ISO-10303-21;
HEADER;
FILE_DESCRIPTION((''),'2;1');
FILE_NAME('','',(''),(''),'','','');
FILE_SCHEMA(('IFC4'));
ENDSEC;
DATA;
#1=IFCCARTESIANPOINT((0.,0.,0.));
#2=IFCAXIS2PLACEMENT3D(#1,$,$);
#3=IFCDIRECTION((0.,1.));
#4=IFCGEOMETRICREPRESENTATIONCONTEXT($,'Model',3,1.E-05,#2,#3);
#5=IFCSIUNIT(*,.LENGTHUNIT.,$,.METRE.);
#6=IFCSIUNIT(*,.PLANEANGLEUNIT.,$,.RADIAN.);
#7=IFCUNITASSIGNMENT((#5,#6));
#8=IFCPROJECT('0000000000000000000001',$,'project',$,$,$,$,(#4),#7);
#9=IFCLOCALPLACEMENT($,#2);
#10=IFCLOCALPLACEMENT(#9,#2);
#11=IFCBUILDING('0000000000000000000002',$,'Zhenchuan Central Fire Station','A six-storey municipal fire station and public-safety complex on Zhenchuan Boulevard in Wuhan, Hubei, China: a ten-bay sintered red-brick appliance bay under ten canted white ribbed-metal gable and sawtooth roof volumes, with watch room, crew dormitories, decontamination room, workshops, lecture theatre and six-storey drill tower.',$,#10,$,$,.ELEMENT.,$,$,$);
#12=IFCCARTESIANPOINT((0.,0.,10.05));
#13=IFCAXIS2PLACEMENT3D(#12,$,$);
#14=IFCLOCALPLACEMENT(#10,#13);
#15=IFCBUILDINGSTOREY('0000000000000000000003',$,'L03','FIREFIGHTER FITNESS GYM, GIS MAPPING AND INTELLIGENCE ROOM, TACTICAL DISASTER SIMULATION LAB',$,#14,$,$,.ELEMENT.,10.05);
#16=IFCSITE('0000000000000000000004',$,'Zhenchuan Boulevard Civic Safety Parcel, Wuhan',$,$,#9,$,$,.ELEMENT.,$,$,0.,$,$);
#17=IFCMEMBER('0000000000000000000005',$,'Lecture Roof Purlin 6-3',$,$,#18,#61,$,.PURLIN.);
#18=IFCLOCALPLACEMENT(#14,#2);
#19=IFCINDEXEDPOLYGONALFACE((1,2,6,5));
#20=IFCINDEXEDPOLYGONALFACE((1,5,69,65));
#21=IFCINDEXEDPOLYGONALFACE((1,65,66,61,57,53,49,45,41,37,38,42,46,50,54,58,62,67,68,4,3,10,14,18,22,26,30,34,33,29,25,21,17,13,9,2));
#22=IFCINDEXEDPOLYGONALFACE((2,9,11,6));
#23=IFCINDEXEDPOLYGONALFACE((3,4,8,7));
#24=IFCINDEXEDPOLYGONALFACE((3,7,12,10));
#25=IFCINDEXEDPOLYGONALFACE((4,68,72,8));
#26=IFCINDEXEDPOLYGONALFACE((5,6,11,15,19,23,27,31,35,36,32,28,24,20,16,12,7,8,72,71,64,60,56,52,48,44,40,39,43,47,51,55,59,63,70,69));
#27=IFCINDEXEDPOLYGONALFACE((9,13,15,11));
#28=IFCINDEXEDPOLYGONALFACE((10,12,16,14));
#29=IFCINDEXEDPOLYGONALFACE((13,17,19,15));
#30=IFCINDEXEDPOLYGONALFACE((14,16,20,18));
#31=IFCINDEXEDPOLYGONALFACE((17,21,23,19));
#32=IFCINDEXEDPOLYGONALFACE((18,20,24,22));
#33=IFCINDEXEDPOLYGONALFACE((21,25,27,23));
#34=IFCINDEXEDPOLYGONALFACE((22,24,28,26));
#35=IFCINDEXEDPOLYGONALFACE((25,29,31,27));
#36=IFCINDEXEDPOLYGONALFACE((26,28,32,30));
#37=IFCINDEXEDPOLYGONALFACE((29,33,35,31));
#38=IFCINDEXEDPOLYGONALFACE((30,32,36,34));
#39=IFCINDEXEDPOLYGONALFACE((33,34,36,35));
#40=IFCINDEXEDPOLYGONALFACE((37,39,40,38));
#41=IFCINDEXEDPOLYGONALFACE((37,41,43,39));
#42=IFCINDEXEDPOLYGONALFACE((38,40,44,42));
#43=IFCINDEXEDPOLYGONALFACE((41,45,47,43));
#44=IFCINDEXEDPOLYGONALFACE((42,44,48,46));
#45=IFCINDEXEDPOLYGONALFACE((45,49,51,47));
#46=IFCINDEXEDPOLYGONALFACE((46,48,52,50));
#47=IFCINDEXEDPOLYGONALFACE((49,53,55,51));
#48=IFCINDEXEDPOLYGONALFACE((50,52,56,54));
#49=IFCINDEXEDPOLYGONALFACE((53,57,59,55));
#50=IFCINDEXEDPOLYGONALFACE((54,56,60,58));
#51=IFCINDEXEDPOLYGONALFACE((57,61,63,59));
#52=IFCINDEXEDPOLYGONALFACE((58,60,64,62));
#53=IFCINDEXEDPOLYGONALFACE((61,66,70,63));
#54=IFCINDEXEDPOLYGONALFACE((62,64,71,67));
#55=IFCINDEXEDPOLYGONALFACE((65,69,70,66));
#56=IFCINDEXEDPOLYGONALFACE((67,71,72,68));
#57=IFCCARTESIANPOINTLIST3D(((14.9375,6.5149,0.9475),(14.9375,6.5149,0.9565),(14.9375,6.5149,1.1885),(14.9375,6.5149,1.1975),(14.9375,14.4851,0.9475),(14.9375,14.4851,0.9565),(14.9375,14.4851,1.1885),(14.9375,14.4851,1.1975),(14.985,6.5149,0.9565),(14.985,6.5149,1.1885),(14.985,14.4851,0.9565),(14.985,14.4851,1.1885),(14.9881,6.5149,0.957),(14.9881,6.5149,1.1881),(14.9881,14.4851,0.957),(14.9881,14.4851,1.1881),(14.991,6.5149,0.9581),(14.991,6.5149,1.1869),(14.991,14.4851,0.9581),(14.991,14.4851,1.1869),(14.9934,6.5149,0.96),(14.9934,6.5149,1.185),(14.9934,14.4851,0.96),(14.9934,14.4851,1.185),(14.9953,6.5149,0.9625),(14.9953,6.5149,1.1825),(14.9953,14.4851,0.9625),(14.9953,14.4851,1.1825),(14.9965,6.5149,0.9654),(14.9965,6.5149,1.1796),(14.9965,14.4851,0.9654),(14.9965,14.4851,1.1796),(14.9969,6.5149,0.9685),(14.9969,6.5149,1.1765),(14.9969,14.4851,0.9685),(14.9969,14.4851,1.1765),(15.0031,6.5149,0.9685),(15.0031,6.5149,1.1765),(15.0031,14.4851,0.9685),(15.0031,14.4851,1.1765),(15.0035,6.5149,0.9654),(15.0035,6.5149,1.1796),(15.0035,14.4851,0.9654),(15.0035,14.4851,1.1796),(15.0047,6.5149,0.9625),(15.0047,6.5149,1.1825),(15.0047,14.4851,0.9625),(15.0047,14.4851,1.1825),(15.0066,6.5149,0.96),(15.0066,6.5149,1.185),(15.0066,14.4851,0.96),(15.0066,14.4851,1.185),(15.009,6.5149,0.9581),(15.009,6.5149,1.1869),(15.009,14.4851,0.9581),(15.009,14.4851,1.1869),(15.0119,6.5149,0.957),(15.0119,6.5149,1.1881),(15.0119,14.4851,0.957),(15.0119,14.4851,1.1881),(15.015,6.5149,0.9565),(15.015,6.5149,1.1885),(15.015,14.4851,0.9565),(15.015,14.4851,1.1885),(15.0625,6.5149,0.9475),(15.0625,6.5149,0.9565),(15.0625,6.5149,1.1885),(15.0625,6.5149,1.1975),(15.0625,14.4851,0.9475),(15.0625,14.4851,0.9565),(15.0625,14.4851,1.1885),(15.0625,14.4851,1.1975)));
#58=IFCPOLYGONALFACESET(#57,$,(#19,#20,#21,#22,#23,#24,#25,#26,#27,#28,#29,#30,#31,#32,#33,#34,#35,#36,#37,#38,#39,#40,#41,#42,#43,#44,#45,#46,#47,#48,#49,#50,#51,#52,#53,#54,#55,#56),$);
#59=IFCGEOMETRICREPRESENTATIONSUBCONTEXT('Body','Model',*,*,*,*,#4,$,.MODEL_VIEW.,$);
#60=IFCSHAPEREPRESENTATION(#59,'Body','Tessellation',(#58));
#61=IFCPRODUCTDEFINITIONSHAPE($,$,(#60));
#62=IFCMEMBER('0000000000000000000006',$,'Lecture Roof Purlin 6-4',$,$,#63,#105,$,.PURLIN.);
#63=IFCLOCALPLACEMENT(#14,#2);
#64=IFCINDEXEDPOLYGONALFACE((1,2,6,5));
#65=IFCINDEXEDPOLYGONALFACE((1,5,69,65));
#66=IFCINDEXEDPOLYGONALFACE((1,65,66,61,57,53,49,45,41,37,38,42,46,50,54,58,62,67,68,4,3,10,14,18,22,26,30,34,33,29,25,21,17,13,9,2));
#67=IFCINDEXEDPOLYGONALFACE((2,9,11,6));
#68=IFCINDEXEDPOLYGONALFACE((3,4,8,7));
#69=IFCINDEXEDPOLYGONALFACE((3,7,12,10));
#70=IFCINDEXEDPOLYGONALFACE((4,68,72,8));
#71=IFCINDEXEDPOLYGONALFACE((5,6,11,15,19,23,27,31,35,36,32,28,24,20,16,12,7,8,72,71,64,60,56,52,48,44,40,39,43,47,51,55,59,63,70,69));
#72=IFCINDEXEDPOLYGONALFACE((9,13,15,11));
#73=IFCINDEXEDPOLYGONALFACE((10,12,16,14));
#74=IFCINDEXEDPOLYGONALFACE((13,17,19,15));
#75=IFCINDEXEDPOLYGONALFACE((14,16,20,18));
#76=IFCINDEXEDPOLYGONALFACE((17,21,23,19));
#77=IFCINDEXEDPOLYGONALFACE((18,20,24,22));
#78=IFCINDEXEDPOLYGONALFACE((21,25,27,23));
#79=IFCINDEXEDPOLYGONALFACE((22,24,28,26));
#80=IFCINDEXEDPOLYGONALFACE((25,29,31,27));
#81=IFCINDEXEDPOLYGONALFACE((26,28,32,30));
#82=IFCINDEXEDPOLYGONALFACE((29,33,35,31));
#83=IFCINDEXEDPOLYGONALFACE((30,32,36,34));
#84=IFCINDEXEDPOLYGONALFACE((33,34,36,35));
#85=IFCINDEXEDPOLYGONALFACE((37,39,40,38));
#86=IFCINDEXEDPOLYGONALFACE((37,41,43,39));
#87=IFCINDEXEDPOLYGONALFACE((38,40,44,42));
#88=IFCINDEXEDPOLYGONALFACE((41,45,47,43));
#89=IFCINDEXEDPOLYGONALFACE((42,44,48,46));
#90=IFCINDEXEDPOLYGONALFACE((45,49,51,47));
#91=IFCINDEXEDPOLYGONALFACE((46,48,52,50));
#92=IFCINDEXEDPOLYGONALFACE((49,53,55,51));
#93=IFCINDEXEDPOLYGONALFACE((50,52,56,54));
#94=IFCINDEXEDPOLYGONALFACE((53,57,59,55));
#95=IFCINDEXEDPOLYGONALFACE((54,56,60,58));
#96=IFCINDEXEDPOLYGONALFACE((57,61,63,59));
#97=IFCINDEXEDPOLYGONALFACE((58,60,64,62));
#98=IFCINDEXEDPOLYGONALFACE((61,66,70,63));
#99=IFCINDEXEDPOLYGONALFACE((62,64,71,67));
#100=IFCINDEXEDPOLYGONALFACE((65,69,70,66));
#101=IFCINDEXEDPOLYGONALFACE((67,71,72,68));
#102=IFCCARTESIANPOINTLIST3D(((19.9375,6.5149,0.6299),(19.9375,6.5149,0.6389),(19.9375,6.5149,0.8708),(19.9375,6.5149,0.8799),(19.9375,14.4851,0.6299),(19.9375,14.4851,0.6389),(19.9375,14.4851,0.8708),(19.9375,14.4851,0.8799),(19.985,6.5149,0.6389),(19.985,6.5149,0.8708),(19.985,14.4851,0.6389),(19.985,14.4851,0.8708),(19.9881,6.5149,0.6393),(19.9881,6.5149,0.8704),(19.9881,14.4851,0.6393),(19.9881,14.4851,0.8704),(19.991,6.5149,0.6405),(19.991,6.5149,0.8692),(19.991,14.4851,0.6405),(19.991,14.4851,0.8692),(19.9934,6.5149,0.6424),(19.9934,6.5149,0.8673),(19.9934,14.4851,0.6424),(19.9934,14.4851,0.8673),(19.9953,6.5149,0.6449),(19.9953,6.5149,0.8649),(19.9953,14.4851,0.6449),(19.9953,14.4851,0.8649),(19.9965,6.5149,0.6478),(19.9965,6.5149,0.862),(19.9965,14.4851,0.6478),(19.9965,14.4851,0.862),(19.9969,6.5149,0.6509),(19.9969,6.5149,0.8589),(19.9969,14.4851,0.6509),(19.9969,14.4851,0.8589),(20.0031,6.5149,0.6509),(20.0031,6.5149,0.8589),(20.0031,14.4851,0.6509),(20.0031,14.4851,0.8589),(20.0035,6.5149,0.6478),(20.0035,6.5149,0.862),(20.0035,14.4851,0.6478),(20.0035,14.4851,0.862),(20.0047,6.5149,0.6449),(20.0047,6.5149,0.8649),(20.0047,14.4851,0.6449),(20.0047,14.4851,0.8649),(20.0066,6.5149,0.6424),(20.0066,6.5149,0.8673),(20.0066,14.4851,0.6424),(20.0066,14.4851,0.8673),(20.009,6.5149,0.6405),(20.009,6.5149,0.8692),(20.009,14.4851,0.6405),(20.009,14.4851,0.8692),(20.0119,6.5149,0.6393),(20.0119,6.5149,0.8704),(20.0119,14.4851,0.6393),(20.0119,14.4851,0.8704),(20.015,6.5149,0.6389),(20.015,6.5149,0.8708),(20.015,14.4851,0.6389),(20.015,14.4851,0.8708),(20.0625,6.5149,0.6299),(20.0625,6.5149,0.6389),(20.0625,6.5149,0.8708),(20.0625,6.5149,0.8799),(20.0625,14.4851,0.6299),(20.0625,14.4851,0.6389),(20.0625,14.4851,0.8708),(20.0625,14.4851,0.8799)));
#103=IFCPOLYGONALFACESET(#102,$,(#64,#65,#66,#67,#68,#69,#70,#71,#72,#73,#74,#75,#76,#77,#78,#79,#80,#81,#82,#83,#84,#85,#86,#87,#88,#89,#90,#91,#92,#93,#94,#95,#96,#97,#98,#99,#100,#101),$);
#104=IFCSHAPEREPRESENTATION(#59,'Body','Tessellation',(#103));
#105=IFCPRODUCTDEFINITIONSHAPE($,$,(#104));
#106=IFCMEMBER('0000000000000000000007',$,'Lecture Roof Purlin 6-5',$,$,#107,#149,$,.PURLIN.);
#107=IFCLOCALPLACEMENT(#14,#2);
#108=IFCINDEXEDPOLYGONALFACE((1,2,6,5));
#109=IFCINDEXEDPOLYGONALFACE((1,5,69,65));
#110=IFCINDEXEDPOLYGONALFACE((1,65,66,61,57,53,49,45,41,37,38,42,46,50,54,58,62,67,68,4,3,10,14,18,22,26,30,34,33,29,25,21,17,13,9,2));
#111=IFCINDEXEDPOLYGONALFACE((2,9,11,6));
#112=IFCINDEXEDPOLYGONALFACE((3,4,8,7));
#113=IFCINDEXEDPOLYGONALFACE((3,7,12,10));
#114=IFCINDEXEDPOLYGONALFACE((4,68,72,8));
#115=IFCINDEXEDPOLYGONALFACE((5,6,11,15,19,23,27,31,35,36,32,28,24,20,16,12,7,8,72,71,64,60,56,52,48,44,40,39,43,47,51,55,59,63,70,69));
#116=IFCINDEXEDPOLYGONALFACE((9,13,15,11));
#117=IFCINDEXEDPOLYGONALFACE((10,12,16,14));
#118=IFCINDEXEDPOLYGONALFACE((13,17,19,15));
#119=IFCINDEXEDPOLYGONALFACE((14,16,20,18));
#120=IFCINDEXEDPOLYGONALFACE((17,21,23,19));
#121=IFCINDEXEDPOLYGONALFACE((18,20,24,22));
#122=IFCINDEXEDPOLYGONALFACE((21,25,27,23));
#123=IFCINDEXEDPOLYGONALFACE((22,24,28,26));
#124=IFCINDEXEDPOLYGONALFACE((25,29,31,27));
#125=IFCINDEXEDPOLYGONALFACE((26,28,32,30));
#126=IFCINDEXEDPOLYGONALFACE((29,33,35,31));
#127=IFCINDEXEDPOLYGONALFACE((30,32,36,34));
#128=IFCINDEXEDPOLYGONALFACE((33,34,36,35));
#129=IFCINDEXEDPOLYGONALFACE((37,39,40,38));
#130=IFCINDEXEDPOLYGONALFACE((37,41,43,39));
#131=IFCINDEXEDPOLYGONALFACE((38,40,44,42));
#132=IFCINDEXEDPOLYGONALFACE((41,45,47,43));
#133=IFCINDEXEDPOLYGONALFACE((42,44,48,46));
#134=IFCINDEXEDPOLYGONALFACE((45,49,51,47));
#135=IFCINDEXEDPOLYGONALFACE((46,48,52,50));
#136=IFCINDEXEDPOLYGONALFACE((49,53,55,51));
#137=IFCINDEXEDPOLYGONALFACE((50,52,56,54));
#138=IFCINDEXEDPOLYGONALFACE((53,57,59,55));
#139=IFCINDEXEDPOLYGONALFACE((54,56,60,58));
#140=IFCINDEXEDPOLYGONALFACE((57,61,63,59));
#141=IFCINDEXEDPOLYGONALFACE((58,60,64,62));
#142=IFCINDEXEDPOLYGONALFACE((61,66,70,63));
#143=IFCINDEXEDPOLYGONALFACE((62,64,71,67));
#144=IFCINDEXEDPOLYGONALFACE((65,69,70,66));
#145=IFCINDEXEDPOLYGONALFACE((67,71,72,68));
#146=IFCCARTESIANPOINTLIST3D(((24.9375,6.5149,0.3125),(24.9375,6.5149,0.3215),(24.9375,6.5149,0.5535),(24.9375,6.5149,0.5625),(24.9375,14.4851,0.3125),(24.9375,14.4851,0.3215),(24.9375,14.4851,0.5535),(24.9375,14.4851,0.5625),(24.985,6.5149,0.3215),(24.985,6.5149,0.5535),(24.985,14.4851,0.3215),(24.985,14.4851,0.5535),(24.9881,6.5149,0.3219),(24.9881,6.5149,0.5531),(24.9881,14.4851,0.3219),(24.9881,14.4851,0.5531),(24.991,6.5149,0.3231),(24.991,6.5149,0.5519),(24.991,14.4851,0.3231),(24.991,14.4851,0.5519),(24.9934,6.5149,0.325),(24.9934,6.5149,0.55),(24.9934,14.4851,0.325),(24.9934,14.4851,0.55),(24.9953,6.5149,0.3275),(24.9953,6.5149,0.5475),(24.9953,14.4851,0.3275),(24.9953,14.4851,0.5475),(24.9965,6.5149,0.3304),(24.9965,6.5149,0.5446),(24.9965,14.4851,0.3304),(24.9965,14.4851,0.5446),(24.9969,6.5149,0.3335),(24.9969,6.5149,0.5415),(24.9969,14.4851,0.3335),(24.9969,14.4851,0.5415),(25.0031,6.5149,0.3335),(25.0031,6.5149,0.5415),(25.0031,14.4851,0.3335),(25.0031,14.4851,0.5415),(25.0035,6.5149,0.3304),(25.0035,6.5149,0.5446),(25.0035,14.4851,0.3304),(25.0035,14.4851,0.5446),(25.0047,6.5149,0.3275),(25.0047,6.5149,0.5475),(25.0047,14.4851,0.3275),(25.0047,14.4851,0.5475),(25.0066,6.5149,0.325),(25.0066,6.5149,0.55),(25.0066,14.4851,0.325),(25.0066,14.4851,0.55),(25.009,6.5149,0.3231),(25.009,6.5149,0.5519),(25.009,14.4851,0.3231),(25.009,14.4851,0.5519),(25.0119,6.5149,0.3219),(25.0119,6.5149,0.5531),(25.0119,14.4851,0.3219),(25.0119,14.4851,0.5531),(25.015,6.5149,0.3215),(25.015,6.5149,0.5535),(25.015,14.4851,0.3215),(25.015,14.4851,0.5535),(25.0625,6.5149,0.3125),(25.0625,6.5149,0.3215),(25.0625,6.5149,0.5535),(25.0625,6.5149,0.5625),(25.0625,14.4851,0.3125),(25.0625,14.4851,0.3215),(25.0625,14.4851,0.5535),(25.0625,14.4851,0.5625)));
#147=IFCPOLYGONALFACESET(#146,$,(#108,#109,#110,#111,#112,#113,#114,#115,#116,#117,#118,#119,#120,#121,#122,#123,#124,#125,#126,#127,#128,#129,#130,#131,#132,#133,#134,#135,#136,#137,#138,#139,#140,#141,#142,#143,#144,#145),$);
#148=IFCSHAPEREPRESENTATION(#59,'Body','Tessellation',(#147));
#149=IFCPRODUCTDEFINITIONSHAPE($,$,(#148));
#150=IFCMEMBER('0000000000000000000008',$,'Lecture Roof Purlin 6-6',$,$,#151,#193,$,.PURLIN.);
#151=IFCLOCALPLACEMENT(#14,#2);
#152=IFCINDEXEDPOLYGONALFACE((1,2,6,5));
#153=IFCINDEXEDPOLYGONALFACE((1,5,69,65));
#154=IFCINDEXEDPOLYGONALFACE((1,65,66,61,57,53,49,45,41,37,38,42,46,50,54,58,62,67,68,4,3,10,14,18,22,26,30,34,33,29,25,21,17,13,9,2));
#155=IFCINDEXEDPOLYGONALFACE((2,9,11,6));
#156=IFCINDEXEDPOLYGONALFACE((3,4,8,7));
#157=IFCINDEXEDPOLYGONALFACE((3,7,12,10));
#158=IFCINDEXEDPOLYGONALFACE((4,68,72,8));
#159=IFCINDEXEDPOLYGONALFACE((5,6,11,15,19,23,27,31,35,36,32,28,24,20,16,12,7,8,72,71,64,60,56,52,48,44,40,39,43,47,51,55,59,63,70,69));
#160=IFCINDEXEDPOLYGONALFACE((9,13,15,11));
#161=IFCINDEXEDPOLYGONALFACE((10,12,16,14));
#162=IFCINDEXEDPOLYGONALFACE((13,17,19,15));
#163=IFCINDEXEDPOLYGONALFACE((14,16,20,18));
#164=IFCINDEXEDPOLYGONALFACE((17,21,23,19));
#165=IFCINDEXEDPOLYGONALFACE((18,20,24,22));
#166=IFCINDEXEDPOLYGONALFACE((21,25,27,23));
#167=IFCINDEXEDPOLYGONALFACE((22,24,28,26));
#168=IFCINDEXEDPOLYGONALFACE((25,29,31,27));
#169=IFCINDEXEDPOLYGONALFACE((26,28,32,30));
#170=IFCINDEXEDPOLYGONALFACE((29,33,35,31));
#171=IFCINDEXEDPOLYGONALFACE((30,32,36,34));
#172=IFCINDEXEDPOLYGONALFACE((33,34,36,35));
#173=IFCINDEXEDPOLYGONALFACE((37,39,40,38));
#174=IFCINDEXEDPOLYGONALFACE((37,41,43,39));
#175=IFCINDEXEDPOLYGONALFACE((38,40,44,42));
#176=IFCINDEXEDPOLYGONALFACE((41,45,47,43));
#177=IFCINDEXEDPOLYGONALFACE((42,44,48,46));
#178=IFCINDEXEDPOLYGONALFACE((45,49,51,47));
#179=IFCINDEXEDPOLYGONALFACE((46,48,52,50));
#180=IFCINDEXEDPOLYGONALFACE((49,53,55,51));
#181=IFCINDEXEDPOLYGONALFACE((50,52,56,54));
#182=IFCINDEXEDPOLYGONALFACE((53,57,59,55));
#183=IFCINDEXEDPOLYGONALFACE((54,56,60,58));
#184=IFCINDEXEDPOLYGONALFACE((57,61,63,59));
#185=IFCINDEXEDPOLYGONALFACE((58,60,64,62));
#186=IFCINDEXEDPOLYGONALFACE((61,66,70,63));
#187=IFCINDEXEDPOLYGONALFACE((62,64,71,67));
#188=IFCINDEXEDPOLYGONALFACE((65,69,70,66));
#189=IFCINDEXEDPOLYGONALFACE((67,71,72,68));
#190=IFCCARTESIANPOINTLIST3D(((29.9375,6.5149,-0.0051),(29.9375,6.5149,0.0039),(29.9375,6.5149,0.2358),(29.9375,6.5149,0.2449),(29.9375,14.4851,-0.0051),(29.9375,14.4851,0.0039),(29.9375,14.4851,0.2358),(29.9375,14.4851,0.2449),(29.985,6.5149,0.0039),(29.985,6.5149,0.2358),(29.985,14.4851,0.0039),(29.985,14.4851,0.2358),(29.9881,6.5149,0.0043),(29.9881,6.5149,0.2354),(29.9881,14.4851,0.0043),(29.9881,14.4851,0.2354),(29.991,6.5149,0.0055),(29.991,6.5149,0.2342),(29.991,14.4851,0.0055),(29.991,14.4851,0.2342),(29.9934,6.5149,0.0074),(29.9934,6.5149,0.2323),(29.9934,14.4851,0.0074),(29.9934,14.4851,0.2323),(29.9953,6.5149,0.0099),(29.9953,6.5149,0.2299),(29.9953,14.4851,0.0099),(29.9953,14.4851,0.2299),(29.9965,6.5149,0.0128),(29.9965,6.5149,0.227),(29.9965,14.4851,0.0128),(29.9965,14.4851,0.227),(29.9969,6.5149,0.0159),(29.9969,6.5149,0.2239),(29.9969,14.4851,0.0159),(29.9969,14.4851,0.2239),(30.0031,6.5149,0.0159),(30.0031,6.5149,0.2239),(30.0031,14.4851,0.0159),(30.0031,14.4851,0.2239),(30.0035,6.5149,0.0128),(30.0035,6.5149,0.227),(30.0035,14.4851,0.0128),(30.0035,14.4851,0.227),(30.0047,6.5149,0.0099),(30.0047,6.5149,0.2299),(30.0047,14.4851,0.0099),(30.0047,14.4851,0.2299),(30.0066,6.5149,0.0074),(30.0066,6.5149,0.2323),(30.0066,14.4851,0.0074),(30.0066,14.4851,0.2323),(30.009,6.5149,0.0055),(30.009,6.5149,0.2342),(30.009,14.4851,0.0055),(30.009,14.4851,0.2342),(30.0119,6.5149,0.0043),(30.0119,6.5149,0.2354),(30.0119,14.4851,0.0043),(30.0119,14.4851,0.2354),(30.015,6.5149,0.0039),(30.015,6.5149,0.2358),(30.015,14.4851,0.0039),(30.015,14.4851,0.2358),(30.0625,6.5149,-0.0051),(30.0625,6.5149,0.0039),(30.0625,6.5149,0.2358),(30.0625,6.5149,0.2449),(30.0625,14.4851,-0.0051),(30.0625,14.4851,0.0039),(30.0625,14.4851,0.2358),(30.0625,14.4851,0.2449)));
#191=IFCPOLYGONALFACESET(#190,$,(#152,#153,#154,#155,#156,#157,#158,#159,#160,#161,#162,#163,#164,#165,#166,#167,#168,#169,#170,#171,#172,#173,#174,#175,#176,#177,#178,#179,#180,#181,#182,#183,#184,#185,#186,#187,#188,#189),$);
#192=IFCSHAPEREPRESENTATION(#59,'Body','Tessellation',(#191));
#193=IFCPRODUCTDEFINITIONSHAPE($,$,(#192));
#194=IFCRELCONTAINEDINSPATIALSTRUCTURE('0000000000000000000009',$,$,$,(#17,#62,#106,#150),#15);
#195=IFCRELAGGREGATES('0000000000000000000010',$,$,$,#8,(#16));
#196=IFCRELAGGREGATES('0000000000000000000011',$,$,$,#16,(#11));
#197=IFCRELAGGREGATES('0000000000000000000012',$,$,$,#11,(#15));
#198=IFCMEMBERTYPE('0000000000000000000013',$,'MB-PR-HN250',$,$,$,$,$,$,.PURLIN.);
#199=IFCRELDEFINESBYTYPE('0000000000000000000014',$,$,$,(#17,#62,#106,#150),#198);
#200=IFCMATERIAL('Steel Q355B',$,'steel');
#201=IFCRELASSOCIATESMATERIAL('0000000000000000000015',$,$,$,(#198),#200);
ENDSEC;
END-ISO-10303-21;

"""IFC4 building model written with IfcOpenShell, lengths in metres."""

from ifc_helpers import new_model, si_unit, direction, frame, origin, origin_2d, place, context, subcontext, project, spatial, i_section, extrude, material, material_profile, profile_set, type_object, element, save


model = new_model("IFC4")

# Units and contexts
model_context = context("Model", 3, precision=1e-05, world=origin(), true_north=direction((0.0, 1.0)))
body_context = subcontext(model_context, "Body", "Model", "MODEL_VIEW")
ifc_project = project(units=[si_unit("LENGTHUNIT", "METRE"), si_unit("PLANEANGLEUNIT", "RADIAN")], contexts=[model_context])

# Site, building, storey
site_placement = place(None, origin())
site = spatial("IfcSite", under=ifc_project, at=site_placement, Name="Zhenchuan Boulevard Civic Safety Parcel, Wuhan", CompositionType="ELEMENT", RefElevation=0.0)
building_placement = place(site_placement, origin())
building = spatial("IfcBuilding", under=site, at=building_placement, Name="Zhenchuan Central Fire Station", Description="A six-storey municipal fire station and public-safety complex on Zhenchuan Boulevard in Wuhan, Hubei, China: a ten-bay sintered red-brick appliance bay under ten canted white ribbed-metal gable and sawtooth roof volumes, with watch room, crew dormitories, decontamination room, workshops, lecture theatre and six-storey drill tower.", CompositionType="ELEMENT")
storey_placement = place(building_placement, frame((0.0, 0.0, 10.05)))
storey = spatial("IfcBuildingStorey", under=building, at=storey_placement, Name="L03", Description="FIREFIGHTER FITNESS GYM, GIS MAPPING AND INTELLIGENCE ROOM, TACTICAL DISASTER SIMULATION LAB", CompositionType="ELEMENT", Elevation=10.05)

# Shared definitions
ifc_material = material(Name="Steel Q355B", Category="steel")

# Members
ifc_material_profile_1 = material_profile(ifc_material, i_section(OverallWidth=0.125, OverallDepth=0.25, WebThickness=0.0061, FlangeThickness=0.009, FilletRadius=0.012, at=origin_2d()), Name="HN 250x125")
ifc_profile_set_1 = profile_set([ifc_material_profile_1], Name="Steel Q355B")
member_type_1 = type_object("IfcMemberType", Name="MB-PR-HN250", PredefinedType="PURLIN", material=ifc_profile_set_1)
for number, where, z_axis, x_axis, name in (
    (1, (15.0, 6.5149, 1.0725), (0.0, 1.0, 0.0), (-1.0, 0.0, 0.0), "Lecture Roof Purlin 6-3"),
    (2, (20.0, 6.5149, 0.7549), (0.0, 1.0, 0.0), (-1.0, 0.0, 0.0), "Lecture Roof Purlin 6-4"),
    (3, (25.0, 6.5149, 0.4375), (0.0, 1.0, 0.0), (-1.0, 0.0, 0.0), "Lecture Roof Purlin 6-5"),
    (4, (30.0, 6.5149, 0.1199), (0.0, 1.0, 0.0), (-1.0, 0.0, 0.0), "Lecture Roof Purlin 6-6"),
):
    element("IfcMember", number, at=place(storey_placement, frame(where, z_axis=z_axis, x_axis=x_axis)), inside=storey, type_object=member_type_1, Name=name, PredefinedType="PURLIN", context=body_context, shape_type="SweptSolid", body=[
        extrude(i_section(OverallWidth=0.125, OverallDepth=0.25, WebThickness=0.0061, FlangeThickness=0.009, FilletRadius=0.012, at=origin_2d()), origin(), (0.0, 0.0, 1.0), 7.9702),
    ])

save(model, "model.ifc")
